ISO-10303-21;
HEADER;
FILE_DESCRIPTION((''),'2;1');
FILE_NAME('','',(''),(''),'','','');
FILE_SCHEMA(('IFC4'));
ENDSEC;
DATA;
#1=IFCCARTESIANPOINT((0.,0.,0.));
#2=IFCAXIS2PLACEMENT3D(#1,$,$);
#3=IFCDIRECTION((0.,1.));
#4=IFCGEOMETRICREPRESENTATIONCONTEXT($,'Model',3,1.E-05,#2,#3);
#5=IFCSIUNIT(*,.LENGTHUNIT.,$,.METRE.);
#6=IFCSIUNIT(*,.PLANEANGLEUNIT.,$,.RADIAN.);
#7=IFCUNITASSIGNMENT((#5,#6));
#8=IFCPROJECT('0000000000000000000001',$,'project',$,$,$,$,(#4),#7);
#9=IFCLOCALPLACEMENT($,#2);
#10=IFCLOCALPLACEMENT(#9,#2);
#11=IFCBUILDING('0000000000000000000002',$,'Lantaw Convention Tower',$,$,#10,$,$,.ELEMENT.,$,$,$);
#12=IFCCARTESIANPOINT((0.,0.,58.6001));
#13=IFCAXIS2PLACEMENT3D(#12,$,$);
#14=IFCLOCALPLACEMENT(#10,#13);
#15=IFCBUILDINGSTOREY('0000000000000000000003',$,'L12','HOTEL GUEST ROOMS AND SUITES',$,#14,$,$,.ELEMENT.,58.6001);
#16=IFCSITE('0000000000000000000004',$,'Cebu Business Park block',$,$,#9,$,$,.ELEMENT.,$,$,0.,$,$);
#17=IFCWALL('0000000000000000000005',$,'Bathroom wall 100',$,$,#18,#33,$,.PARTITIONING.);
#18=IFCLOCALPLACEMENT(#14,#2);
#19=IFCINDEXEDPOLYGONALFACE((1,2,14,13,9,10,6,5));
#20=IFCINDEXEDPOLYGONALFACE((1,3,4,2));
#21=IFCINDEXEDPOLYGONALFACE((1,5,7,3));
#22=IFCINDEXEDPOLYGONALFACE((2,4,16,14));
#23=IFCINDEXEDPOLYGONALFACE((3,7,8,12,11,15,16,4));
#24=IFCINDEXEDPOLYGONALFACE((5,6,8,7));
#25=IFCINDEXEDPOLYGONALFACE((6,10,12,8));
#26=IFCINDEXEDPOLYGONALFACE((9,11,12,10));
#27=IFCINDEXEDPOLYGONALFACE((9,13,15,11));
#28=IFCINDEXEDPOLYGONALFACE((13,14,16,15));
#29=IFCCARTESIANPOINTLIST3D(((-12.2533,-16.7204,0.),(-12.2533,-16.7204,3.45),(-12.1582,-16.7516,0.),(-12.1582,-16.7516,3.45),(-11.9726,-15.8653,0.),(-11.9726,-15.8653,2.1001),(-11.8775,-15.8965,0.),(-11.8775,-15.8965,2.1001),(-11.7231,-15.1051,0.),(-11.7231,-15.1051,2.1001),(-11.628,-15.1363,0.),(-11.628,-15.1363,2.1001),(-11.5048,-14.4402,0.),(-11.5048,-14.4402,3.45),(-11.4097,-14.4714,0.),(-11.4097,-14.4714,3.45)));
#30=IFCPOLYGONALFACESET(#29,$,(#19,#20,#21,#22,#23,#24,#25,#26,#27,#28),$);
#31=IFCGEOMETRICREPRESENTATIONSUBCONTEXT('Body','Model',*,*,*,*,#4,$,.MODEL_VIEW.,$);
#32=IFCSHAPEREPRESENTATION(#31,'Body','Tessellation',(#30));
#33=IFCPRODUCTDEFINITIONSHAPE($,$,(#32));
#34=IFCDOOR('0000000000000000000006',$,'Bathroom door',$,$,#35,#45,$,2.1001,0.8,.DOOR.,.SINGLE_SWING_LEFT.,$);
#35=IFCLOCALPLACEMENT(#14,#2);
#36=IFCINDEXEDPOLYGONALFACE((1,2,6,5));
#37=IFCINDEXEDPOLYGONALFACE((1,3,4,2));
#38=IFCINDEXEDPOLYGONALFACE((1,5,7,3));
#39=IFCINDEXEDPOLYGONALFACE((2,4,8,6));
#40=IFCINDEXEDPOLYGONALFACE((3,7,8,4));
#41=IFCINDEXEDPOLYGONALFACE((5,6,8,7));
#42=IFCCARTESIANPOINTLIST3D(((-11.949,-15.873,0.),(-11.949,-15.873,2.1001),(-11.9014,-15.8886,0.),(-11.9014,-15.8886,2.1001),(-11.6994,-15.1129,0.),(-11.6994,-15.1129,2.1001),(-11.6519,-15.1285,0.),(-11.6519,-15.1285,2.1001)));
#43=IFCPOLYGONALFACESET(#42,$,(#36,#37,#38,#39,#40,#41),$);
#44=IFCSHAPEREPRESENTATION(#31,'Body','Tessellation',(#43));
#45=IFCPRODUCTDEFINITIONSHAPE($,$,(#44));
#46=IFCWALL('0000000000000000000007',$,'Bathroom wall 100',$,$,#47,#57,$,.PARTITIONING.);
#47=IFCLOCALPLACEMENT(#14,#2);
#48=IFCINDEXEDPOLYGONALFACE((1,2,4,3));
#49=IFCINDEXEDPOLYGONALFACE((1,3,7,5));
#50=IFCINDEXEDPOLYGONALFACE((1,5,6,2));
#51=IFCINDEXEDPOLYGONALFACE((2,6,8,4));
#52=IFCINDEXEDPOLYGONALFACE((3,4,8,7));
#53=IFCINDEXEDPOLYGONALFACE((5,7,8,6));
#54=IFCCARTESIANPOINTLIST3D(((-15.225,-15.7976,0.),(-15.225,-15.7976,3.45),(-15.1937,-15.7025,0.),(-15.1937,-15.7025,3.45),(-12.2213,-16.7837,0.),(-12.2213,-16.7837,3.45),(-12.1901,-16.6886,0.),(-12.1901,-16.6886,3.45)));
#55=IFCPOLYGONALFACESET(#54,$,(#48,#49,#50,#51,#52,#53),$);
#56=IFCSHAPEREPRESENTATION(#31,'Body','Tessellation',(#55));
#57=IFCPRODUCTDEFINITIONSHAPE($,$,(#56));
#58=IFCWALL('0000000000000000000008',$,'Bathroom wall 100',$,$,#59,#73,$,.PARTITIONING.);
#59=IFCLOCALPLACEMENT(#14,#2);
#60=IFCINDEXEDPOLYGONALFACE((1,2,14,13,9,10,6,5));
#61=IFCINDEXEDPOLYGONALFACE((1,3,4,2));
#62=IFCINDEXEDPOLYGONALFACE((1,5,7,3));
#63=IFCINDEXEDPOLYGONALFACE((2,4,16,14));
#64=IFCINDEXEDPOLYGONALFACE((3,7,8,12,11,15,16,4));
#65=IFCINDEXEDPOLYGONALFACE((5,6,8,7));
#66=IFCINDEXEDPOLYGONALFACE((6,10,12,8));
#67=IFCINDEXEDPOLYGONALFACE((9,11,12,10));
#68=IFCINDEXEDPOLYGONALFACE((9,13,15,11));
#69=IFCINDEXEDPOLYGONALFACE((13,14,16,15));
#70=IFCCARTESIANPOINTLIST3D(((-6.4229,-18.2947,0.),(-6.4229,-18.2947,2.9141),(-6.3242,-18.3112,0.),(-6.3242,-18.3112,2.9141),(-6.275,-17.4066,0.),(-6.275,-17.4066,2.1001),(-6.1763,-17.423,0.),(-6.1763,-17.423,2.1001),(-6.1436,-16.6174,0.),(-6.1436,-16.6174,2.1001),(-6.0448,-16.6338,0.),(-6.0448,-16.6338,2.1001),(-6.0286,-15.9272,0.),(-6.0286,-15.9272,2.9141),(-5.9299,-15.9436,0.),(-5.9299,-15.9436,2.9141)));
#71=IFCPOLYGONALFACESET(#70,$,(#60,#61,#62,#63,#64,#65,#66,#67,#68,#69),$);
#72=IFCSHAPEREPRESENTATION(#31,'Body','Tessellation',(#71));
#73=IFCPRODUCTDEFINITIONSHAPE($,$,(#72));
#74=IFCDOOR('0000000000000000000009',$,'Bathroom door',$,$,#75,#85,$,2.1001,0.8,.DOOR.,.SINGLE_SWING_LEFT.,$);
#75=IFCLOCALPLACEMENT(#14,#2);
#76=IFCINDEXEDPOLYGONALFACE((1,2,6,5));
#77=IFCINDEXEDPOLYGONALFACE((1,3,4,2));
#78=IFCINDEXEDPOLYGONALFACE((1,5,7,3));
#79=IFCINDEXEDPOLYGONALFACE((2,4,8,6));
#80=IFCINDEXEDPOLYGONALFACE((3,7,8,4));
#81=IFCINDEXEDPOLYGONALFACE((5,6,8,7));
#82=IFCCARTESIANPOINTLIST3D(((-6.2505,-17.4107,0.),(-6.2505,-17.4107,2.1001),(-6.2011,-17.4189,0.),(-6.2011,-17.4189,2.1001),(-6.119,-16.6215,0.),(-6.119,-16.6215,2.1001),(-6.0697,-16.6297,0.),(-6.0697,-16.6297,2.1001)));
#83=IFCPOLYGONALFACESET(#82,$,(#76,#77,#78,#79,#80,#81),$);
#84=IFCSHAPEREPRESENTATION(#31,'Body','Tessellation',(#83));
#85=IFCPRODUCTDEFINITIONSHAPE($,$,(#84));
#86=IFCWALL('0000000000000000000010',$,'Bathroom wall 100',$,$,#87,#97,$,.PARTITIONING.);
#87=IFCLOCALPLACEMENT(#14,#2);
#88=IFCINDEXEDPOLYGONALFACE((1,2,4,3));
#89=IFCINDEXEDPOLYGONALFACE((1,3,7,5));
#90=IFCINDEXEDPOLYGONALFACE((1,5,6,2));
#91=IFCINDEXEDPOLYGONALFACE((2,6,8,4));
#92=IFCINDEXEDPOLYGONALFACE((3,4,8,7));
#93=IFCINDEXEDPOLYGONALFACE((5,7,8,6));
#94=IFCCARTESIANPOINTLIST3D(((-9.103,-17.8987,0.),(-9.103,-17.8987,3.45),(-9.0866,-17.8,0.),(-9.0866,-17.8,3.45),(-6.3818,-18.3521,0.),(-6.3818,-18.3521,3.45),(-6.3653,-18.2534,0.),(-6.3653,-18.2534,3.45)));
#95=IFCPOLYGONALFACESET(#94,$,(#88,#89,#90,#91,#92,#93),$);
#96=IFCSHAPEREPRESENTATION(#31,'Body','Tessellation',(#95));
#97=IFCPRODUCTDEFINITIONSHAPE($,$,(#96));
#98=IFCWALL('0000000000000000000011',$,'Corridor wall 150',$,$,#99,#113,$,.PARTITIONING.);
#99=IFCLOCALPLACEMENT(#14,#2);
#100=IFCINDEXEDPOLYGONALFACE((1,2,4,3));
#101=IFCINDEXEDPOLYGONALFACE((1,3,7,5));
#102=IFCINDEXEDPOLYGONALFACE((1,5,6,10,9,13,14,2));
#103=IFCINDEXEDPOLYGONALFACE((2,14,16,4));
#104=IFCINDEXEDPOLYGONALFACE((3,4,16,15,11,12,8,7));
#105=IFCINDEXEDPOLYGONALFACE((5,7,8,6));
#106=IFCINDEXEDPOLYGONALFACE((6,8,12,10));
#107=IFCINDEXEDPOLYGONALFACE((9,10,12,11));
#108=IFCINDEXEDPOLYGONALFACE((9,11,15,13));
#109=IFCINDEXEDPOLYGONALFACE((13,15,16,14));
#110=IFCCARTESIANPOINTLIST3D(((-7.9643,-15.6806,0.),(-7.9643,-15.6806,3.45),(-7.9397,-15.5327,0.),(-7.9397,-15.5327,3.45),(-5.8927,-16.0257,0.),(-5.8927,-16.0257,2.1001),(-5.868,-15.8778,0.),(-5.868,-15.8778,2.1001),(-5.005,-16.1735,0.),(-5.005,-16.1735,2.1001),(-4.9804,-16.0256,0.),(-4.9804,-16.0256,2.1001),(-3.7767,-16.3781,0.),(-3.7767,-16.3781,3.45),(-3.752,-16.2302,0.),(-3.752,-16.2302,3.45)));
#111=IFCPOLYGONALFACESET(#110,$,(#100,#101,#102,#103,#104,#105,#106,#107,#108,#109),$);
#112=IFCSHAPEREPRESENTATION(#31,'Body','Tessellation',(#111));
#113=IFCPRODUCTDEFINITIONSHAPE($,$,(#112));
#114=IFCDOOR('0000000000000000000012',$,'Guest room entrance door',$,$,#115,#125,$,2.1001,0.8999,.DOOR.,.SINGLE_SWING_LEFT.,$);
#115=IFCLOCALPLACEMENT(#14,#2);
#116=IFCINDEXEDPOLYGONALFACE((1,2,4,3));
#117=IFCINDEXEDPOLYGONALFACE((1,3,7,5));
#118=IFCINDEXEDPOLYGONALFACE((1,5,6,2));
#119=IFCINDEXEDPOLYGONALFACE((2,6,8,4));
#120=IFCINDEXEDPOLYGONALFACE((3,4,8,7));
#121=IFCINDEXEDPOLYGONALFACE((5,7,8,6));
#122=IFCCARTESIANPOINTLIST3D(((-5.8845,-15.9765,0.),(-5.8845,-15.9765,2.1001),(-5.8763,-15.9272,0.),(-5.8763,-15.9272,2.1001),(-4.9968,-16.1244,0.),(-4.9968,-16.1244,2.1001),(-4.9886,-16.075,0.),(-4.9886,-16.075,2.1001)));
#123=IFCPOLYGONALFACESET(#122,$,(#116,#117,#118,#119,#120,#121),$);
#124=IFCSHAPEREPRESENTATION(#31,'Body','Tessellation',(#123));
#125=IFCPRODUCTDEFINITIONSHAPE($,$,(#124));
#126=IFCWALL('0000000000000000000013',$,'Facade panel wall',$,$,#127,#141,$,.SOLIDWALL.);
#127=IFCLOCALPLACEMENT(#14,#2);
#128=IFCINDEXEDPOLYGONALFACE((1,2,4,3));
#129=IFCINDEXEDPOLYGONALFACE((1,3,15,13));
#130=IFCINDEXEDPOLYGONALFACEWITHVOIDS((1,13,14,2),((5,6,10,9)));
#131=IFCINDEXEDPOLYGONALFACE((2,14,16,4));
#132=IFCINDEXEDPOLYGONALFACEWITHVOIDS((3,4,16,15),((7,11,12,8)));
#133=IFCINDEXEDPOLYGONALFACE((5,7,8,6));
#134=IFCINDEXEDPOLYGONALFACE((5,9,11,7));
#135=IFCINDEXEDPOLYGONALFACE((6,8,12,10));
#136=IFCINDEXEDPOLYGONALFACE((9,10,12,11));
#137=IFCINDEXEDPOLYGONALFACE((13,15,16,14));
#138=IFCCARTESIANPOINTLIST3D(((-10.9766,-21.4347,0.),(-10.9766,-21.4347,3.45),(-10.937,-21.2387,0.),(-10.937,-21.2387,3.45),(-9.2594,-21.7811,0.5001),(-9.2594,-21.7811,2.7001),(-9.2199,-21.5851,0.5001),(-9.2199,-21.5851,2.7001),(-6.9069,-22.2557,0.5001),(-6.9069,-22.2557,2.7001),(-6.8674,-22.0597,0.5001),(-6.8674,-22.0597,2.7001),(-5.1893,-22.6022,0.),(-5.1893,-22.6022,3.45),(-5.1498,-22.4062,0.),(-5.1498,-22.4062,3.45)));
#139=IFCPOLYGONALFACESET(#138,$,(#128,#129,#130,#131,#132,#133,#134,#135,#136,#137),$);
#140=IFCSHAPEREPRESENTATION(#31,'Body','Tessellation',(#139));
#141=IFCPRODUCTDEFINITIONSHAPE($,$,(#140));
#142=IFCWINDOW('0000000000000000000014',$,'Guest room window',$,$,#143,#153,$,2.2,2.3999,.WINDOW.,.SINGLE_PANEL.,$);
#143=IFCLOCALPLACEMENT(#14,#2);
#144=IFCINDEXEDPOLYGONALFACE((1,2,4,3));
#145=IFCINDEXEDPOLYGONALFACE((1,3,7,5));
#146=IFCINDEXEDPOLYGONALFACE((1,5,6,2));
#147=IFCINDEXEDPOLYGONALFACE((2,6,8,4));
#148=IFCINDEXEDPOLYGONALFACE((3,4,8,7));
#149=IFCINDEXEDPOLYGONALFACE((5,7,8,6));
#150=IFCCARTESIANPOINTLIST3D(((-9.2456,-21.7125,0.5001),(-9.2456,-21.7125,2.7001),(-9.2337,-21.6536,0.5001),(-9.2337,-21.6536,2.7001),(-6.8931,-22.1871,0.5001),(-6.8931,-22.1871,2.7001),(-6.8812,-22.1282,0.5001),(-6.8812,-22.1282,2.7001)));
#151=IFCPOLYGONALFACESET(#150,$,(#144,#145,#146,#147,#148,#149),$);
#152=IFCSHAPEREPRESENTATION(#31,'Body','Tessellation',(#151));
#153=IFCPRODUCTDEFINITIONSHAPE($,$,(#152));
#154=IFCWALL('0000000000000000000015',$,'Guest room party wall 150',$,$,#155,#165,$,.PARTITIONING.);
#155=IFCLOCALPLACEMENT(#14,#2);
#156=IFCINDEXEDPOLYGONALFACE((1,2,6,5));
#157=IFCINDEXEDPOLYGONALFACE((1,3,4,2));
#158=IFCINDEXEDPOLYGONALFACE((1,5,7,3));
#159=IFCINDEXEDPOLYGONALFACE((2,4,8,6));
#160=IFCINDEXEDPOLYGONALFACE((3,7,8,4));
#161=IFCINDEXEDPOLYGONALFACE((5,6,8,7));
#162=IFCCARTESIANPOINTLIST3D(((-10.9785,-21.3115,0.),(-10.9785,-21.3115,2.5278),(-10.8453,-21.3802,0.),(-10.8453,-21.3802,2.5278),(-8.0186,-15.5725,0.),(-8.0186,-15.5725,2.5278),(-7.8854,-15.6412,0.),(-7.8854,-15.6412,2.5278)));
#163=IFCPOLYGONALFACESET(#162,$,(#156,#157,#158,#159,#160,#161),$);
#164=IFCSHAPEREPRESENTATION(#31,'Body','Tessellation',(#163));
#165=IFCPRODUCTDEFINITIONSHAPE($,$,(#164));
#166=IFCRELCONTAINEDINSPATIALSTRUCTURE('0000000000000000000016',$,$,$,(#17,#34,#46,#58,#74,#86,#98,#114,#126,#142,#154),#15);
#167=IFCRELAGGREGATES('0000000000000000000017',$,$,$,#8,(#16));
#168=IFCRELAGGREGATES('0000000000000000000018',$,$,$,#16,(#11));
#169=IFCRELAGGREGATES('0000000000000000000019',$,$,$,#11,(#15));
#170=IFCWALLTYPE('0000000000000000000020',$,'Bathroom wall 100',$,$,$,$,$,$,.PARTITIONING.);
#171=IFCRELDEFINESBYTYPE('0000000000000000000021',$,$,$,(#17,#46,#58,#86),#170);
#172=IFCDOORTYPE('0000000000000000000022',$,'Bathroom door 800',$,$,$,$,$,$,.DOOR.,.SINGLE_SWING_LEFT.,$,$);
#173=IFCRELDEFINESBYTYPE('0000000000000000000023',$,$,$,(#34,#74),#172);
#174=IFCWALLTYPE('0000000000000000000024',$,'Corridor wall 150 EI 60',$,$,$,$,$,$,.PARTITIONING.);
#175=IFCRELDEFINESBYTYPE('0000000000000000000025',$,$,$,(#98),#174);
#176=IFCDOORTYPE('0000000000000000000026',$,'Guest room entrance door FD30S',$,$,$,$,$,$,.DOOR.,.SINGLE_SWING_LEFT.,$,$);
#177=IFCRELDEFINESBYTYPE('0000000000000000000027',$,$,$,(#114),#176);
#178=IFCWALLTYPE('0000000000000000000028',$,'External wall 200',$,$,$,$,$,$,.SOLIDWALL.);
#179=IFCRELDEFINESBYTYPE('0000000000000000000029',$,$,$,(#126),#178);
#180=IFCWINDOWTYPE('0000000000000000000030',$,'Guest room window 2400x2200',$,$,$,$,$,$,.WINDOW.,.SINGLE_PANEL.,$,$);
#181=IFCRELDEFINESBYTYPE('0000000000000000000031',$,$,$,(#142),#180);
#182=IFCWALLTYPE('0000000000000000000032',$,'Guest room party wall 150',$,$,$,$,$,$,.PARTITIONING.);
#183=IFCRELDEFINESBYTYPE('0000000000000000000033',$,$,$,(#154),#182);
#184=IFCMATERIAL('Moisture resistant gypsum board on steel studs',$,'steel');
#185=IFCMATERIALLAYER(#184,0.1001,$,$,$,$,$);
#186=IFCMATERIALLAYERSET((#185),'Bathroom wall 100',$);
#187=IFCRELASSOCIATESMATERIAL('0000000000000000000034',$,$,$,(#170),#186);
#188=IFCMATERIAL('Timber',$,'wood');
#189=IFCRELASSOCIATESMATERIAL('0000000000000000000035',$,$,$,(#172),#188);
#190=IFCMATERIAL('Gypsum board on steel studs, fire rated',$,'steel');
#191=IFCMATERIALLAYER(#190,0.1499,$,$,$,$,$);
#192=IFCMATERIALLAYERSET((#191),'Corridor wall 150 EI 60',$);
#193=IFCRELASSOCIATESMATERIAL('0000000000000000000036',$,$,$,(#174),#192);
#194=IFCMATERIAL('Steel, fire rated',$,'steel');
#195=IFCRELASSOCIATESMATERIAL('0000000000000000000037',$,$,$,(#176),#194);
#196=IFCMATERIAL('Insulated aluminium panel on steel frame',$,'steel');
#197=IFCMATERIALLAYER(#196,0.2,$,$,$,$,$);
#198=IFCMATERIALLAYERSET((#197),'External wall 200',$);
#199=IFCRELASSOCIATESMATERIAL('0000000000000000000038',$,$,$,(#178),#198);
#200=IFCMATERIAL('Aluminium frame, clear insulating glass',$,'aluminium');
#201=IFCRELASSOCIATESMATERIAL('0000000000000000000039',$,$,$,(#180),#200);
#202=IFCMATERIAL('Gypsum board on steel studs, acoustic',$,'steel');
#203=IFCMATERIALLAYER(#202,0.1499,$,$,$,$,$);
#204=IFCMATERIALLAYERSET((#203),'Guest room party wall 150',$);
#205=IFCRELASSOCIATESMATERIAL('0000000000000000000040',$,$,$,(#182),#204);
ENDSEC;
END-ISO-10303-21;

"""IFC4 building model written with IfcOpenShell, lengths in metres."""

from ifc_helpers import new_model, si_unit, direction, frame, frame_2d, origin, place, context, subcontext, project, spatial, rectangle, extrude, material, layer, layer_set, type_object, element, fill, save


model = new_model("IFC4")

# Units and contexts
model_context = context("Model", 3, precision=1e-05, world=origin(), true_north=direction((0.0, 1.0)))
body_context = subcontext(model_context, "Body", "Model", "MODEL_VIEW")
ifc_project = project(units=[si_unit("LENGTHUNIT", "METRE"), si_unit("PLANEANGLEUNIT", "RADIAN")], contexts=[model_context])

# Site, building, storey
site_placement = place(None, origin())
site = spatial("IfcSite", under=ifc_project, at=site_placement, Name="Cebu Business Park block", CompositionType="ELEMENT", RefElevation=0.0)
building_placement = place(site_placement, origin())
building = spatial("IfcBuilding", under=site, at=building_placement, Name="Lantaw Convention Tower", CompositionType="ELEMENT")
storey_placement = place(building_placement, frame((0.0, 0.0, 58.6001)))
storey = spatial("IfcBuildingStorey", under=building, at=storey_placement, Name="L12", Description="HOTEL GUEST ROOMS AND SUITES", CompositionType="ELEMENT", Elevation=58.6001)

# Wall, opening, door
ifc_material_1 = material(Name="Moisture resistant gypsum board on steel studs", Category="steel")
ifc_layer_1 = layer(ifc_material_1, 0.1001)
ifc_layer_set_1 = layer_set([ifc_layer_1], Name="Bathroom wall 100")
wall_type_1 = type_object("IfcWallType", Name="Bathroom wall 100", PredefinedType="PARTITIONING", material=ifc_layer_set_1)
wall_1_placement = place(storey_placement, frame((-11.4573, -14.4558, 0.0), z_axis=(0.0, 0.0, 1.0), x_axis=(-0.311891, -0.950118, 0.0)))
wall_1 = element("IfcWall", 1, at=wall_1_placement, inside=storey, type_object=wall_type_1, Name="Bathroom wall 100", PredefinedType="PARTITIONING", context=body_context, shape_type="SweptSolid", body=[
    extrude(rectangle(XDim=2.3999, YDim=0.1001, at=frame_2d((1.2, 0.0))), origin(), (0.0, 0.0, 1.0), 3.45),
])
opening_1_placement = place(wall_1_placement, frame((0.7, 0.0, 0.0)))
opening_1 = element("IfcOpeningElement", 2, at=opening_1_placement, cuts=wall_1, PredefinedType="OPENING", context=body_context, shape_type="SweptSolid", body=[
    extrude(rectangle(XDim=0.8, YDim=2.1001, at=frame_2d((0.3999, 1.05))), frame((0.0, 0.0601, 0.0), z_axis=(0.0, -1.0, 0.0), x_axis=(1.0, 0.0, 0.0)), (0.0, 0.0, 1.0), 0.1201),
])
ifc_material_2 = material(Name="Timber", Category="wood")
door_type_1 = type_object("IfcDoorType", Name="Bathroom door 800", OperationType="SINGLE_SWING_LEFT", PredefinedType="DOOR", material=ifc_material_2)
door_1_placement = place(opening_1_placement, origin())
door_1 = element("IfcDoor", 3, at=door_1_placement, inside=storey, type_object=door_type_1, Name="Bathroom door", OperationType="SINGLE_SWING_LEFT", OverallHeight=2.1001, OverallWidth=0.8, PredefinedType="DOOR", context=body_context, shape_type="SweptSolid", body=[
    extrude(rectangle(XDim=0.8, YDim=2.1001, at=frame_2d((0.3999, 1.05))), frame((0.0, 0.0249, 0.0), z_axis=(0.0, -1.0, 0.0), x_axis=(1.0, 0.0, 0.0)), (0.0, 0.0, 1.0), 0.05),
])
fill(opening_1, door_1)

# Wall
wall_2_placement = place(storey_placement, frame((-12.2058, -16.7361, 0.0), z_axis=(0.0, 0.0, 1.0), x_axis=(-0.95011, 0.311915, 0.0)))
element("IfcWall", 4, at=wall_2_placement, inside=storey, type_object=wall_type_1, Name="Bathroom wall 100", PredefinedType="PARTITIONING", context=body_context, shape_type="SweptSolid", body=[
    extrude(rectangle(XDim=3.1614, YDim=0.1001, at=frame_2d((1.5806, 0.0))), origin(), (0.0, 0.0, 1.0), 3.45),
])

# Wall, opening, door
wall_3_placement = place(storey_placement, frame((-5.9792, -15.9353, 0.0), z_axis=(0.0, 0.0, 1.0), x_axis=(-0.164284, -0.986413, 0.0)))
wall_3 = element("IfcWall", 5, at=wall_3_placement, inside=storey, type_object=wall_type_1, Name="Bathroom wall 100", PredefinedType="PARTITIONING", context=body_context, shape_type="SweptSolid", body=[
    extrude(rectangle(XDim=2.4001, YDim=0.1001, at=frame_2d((1.2002, 0.0))), origin(), (0.0, 0.0, 1.0), 2.9141),
])
opening_2_placement = place(wall_3_placement, frame((0.7, 0.0, 0.0)))
opening_2 = element("IfcOpeningElement", 6, at=opening_2_placement, cuts=wall_3, PredefinedType="OPENING", context=body_context, shape_type="SweptSolid", body=[
    extrude(rectangle(XDim=0.8, YDim=2.1001, at=frame_2d((0.3999, 1.05))), frame((0.0, 0.0601, 0.0), z_axis=(0.0, -1.0, 0.0), x_axis=(1.0, 0.0, 0.0)), (0.0, 0.0, 1.0), 0.1201),
])
door_2_placement = place(opening_2_placement, origin())
door_2 = element("IfcDoor", 7, at=door_2_placement, inside=storey, type_object=door_type_1, Name="Bathroom door", OperationType="SINGLE_SWING_LEFT", OverallHeight=2.1001, OverallWidth=0.8, PredefinedType="DOOR", context=body_context, shape_type="SweptSolid", body=[
    extrude(rectangle(XDim=0.8, YDim=2.1001, at=frame_2d((0.3999, 1.05))), frame((0.0, 0.0249, 0.0), z_axis=(0.0, -1.0, 0.0), x_axis=(1.0, 0.0, 0.0)), (0.0, 0.0, 1.0), 0.05),
])
fill(opening_2, door_2)

# Wall
wall_4_placement = place(storey_placement, frame((-6.3735, -18.3027, 0.0), z_axis=(0.0, 0.0, 1.0), x_axis=(-0.986403, 0.164342, 0.0)))
element("IfcWall", 8, at=wall_4_placement, inside=storey, type_object=wall_type_1, Name="Bathroom wall 100", PredefinedType="PARTITIONING", context=body_context, shape_type="SweptSolid", body=[
    extrude(rectangle(XDim=2.7588, YDim=0.1001, at=frame_2d((1.3794, 0.0))), origin(), (0.0, 0.0, 1.0), 3.45),
])

# Wall, opening, door
ifc_material_3 = material(Name="Gypsum board on steel studs, fire rated", Category="steel")
ifc_layer_2 = layer(ifc_material_3, 0.1499)
ifc_layer_set_2 = layer_set([ifc_layer_2], Name="Corridor wall 150 EI 60")
wall_type_2 = type_object("IfcWallType", Name="Corridor wall 150 EI 60", PredefinedType="PARTITIONING", material=ifc_layer_set_2)
wall_5_placement = place(storey_placement, frame((-7.9519, -15.6067, 0.0), z_axis=(0.0, 0.0, 1.0), x_axis=(0.986411, -0.164296, 0.0)))
wall_5 = element("IfcWall", 9, at=wall_5_placement, inside=storey, type_object=wall_type_2, Name="Corridor wall 150", PredefinedType="PARTITIONING", context=body_context, shape_type="SweptSolid", body=[
    extrude(rectangle(XDim=4.2454, YDim=0.1499, at=frame_2d((2.1226, 0.0))), origin(), (0.0, 0.0, 1.0), 3.45),
])
opening_3_placement = place(wall_5_placement, frame((2.1001, 0.0, 0.0)))
opening_3 = element("IfcOpeningElement", 10, at=opening_3_placement, cuts=wall_5, PredefinedType="OPENING", context=body_context, shape_type="SweptSolid", body=[
    extrude(rectangle(XDim=0.8999, YDim=2.1001, at=frame_2d((0.45, 1.05))), frame((0.0, 0.085, 0.0), z_axis=(0.0, -1.0, 0.0), x_axis=(1.0, 0.0, 0.0)), (0.0, 0.0, 1.0), 0.1699),
])
ifc_material_4 = material(Name="Steel, fire rated", Category="steel")
door_type_2 = type_object("IfcDoorType", Name="Guest room entrance door FD30S", OperationType="SINGLE_SWING_LEFT", PredefinedType="DOOR", material=ifc_material_4)
door_3_placement = place(opening_3_placement, origin())
door_3 = element("IfcDoor", 11, at=door_3_placement, inside=storey, type_object=door_type_2, Name="Guest room entrance door", OperationType="SINGLE_SWING_LEFT", OverallHeight=2.1001, OverallWidth=0.8999, PredefinedType="DOOR", context=body_context, shape_type="SweptSolid", body=[
    extrude(rectangle(XDim=0.8999, YDim=2.1001, at=frame_2d((0.45, 1.05))), frame((0.0, 0.0249, 0.0), z_axis=(0.0, -1.0, 0.0), x_axis=(1.0, 0.0, 0.0)), (0.0, 0.0, 1.0), 0.05),
])
fill(opening_3, door_3)

# Wall, opening, window
ifc_material_5 = material(Name="Insulated aluminium panel on steel frame", Category="steel")
ifc_layer_3 = layer(ifc_material_5, 0.2)
ifc_layer_set_3 = layer_set([ifc_layer_3], Name="External wall 200")
wall_type_3 = type_object("IfcWallType", Name="External wall 200", PredefinedType="SOLIDWALL", material=ifc_layer_set_3)
wall_6_placement = place(storey_placement, frame((-10.9568, -21.3367, 0.0), z_axis=(0.0, 0.0, 1.0), x_axis=(0.980252, -0.197754, 0.0)))
wall_6 = element("IfcWall", 12, at=wall_6_placement, inside=storey, type_object=wall_type_3, Name="Facade panel wall", PredefinedType="SOLIDWALL", context=body_context, shape_type="SweptSolid", body=[
    extrude(rectangle(XDim=5.9038, YDim=0.2, at=frame_2d((2.9519, 0.0))), origin(), (0.0, 0.0, 1.0), 3.45),
])
opening_4_placement = place(wall_6_placement, frame((1.7517, 0.0, 0.5)))
opening_4 = element("IfcOpeningElement", 13, at=opening_4_placement, cuts=wall_6, PredefinedType="OPENING", context=body_context, shape_type="SweptSolid", body=[
    extrude(rectangle(XDim=2.3999, YDim=2.2, at=frame_2d((1.2, 1.1001))), frame((0.0, 0.1099, 0.0), z_axis=(0.0, -1.0, 0.0), x_axis=(1.0, 0.0, 0.0)), (0.0, 0.0, 1.0), 0.22),
])
ifc_material_6 = material(Name="Aluminium frame, clear insulating glass", Category="aluminium")
window_type = type_object("IfcWindowType", Name="Guest room window 2400x2200", PartitioningType="SINGLE_PANEL", PredefinedType="WINDOW", material=ifc_material_6)
window_placement = place(opening_4_placement, origin())
window = element("IfcWindow", 14, at=window_placement, inside=storey, type_object=window_type, Name="Guest room window", OverallHeight=2.2, OverallWidth=2.3999, PartitioningType="SINGLE_PANEL", PredefinedType="WINDOW", context=body_context, shape_type="SweptSolid", body=[
    extrude(rectangle(XDim=2.3999, YDim=2.2, at=frame_2d((1.2, 1.1001))), frame((0.0, 0.03, 0.0), z_axis=(0.0, -1.0, 0.0), x_axis=(1.0, 0.0, 0.0)), (0.0, 0.0, 1.0), 0.0601),
])
fill(opening_4, window)

# Wall
ifc_material_7 = material(Name="Gypsum board on steel studs, acoustic", Category="steel")
ifc_layer_4 = layer(ifc_material_7, 0.1499)
ifc_layer_set_4 = layer_set([ifc_layer_4], Name="Guest room party wall 150")
wall_type_4 = type_object("IfcWallType", Name="Guest room party wall 150", PredefinedType="PARTITIONING", material=ifc_layer_set_4)
wall_7_placement = place(storey_placement, frame((-10.9119, -21.3457, 0.0), z_axis=(0.0, 0.0, 1.0), x_axis=(0.458385, 0.888754, 0.0)))
element("IfcWall", 15, at=wall_7_placement, inside=storey, type_object=wall_type_4, Name="Guest room party wall 150", PredefinedType="PARTITIONING", context=body_context, shape_type="SweptSolid", body=[
    extrude(rectangle(XDim=6.4573, YDim=0.1499, at=frame_2d((3.2285, 0.0))), origin(), (0.0, 0.0, 1.0), 2.5278),
])

save(model, "model.ifc")
